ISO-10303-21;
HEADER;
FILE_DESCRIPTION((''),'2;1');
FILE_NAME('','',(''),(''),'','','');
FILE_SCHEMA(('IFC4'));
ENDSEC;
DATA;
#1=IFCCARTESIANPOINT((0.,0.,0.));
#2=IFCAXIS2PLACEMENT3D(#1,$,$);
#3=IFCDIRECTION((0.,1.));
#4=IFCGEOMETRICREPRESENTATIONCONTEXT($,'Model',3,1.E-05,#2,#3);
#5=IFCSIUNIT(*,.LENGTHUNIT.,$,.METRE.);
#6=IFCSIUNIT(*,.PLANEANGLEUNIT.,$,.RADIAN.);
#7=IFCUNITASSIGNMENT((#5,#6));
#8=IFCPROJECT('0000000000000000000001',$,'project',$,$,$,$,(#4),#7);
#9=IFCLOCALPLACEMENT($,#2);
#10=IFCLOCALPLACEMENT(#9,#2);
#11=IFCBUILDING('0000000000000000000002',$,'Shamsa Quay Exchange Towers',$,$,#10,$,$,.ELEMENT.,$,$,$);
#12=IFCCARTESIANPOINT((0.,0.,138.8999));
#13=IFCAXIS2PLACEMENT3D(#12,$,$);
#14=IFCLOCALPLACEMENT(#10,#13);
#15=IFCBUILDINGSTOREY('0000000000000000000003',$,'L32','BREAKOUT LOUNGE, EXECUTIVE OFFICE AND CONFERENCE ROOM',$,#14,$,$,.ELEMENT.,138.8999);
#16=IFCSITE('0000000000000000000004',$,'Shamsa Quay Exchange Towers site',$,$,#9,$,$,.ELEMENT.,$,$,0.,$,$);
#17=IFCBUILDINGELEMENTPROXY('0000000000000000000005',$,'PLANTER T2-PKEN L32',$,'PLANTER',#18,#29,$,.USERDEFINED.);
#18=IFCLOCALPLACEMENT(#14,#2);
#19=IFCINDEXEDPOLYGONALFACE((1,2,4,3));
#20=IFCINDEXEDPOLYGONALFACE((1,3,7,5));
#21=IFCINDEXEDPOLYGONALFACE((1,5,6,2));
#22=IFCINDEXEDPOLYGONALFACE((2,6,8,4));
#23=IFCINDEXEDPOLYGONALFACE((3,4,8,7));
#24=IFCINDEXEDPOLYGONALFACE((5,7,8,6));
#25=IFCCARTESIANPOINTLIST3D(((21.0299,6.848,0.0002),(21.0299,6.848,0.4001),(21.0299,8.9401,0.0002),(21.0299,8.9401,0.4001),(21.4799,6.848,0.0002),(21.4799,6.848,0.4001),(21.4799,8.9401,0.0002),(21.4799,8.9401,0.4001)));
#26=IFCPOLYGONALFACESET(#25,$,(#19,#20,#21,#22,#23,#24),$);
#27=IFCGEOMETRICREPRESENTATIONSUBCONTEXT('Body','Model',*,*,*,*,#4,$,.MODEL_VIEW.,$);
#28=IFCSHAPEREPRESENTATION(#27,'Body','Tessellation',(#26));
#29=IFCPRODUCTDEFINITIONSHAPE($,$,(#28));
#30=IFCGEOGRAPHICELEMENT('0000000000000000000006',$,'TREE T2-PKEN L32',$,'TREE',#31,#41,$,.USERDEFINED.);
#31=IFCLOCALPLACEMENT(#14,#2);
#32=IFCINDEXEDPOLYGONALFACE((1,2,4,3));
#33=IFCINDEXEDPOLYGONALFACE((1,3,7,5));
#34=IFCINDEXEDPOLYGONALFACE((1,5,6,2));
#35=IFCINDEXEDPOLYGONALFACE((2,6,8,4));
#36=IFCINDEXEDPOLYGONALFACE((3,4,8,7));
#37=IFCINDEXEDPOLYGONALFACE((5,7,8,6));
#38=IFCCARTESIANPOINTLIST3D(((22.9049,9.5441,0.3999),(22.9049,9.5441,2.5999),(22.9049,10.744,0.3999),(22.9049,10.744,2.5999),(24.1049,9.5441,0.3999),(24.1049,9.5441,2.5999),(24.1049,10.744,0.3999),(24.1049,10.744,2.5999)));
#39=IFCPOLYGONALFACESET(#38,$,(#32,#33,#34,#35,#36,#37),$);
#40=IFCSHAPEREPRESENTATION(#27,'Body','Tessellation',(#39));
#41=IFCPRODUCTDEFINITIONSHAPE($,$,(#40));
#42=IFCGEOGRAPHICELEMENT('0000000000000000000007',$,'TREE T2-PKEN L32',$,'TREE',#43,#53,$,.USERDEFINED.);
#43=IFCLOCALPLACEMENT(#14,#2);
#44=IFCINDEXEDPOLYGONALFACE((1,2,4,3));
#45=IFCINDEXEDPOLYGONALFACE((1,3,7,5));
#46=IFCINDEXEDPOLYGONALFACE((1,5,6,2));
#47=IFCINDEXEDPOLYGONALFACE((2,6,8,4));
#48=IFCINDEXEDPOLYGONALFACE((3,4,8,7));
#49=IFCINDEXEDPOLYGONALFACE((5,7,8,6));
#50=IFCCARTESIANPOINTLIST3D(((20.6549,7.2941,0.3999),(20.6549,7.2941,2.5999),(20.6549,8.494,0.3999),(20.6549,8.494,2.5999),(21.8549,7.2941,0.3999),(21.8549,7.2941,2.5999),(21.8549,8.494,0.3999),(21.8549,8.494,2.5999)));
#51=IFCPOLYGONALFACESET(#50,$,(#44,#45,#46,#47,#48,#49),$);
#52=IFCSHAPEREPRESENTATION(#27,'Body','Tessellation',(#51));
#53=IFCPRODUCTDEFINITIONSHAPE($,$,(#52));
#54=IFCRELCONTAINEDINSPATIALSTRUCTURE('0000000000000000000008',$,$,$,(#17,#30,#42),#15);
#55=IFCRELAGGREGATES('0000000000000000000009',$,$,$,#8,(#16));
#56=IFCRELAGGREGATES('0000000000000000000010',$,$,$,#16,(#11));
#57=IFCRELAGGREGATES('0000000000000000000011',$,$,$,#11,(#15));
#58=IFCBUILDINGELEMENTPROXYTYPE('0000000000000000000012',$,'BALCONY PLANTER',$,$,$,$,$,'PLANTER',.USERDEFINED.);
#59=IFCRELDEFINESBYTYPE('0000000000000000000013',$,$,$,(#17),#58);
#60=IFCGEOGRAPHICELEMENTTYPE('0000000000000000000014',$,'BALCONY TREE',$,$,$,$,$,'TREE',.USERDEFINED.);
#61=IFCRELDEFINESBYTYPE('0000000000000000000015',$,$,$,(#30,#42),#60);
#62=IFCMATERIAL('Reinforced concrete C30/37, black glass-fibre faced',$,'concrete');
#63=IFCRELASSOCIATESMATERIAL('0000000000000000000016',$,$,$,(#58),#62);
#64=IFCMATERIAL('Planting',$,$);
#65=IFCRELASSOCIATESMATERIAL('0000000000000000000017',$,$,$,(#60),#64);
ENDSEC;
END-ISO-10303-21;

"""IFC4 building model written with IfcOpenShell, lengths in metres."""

from ifc_helpers import new_model, si_unit, direction, frame, origin, origin_2d, place, context, subcontext, project, spatial, rectangle, extrude, material, type_object, element, save


model = new_model("IFC4")

# Units and contexts
model_context = context("Model", 3, precision=1e-05, world=origin(), true_north=direction((0.0, 1.0)))
body_context = subcontext(model_context, "Body", "Model", "MODEL_VIEW")
ifc_project = project(units=[si_unit("LENGTHUNIT", "METRE"), si_unit("PLANEANGLEUNIT", "RADIAN")], contexts=[model_context])

# Site, building, storey
site_placement = place(None, origin())
site = spatial("IfcSite", under=ifc_project, at=site_placement, Name="Shamsa Quay Exchange Towers site", CompositionType="ELEMENT", RefElevation=0.0)
building_placement = place(site_placement, origin())
building = spatial("IfcBuilding", under=site, at=building_placement, Name="Shamsa Quay Exchange Towers", CompositionType="ELEMENT")
storey_placement = place(building_placement, frame((0.0, 0.0, 138.8999)))
storey = spatial("IfcBuildingStorey", under=building, at=storey_placement, Name="L32", Description="BREAKOUT LOUNGE, EXECUTIVE OFFICE AND CONFERENCE ROOM", CompositionType="ELEMENT", Elevation=138.8999)

# Building element proxy
ifc_material_1 = material(Name="Reinforced concrete C30/37, black glass-fibre faced", Category="concrete")
building_element_proxy_type = type_object("IfcBuildingElementProxyType", Name="BALCONY PLANTER", ElementType="PLANTER", PredefinedType="USERDEFINED", material=ifc_material_1)
for number, where, z_axis, x_axis, name in (
    (1, (21.2549, 7.894, 0.0002), (0.0, 0.0, 1.0), (0.0, -1.0, 0.0), "PLANTER T2-PKEN L32"),
):
    element("IfcBuildingElementProxy", number, at=place(storey_placement, frame(where, z_axis=z_axis, x_axis=x_axis)), inside=storey, type_object=building_element_proxy_type, Name=name, ObjectType="PLANTER", PredefinedType="USERDEFINED", context=body_context, shape_type="SweptSolid", body=[
        extrude(rectangle(XDim=2.092, YDim=0.45, at=origin_2d()), origin(), (0.0, 0.0, 1.0), 0.3999),
    ])

# Geographic elements
ifc_material_2 = material(Name="Planting")
geographic_element_type = type_object("IfcGeographicElementType", Name="BALCONY TREE", ElementType="TREE", PredefinedType="USERDEFINED", material=ifc_material_2)
for number, where, z_axis, x_axis, name in (
    (2, (23.5049, 10.144, 0.3999), (0.0, 0.0, 1.0), (0.0, -1.0, 0.0), "TREE T2-PKEN L32"),
    (3, (21.2549, 7.894, 0.3999), (0.0, 0.0, 1.0), (0.0, -1.0, 0.0), "TREE T2-PKEN L32"),
):
    element("IfcGeographicElement", number, at=place(storey_placement, frame(where, z_axis=z_axis, x_axis=x_axis)), inside=storey, type_object=geographic_element_type, Name=name, ObjectType="TREE", PredefinedType="USERDEFINED", context=body_context, shape_type="SweptSolid", body=[
        extrude(rectangle(XDim=1.2, YDim=1.2, at=origin_2d()), origin(), (0.0, 0.0, 1.0), 2.2),
    ])

save(model, "model.ifc")
